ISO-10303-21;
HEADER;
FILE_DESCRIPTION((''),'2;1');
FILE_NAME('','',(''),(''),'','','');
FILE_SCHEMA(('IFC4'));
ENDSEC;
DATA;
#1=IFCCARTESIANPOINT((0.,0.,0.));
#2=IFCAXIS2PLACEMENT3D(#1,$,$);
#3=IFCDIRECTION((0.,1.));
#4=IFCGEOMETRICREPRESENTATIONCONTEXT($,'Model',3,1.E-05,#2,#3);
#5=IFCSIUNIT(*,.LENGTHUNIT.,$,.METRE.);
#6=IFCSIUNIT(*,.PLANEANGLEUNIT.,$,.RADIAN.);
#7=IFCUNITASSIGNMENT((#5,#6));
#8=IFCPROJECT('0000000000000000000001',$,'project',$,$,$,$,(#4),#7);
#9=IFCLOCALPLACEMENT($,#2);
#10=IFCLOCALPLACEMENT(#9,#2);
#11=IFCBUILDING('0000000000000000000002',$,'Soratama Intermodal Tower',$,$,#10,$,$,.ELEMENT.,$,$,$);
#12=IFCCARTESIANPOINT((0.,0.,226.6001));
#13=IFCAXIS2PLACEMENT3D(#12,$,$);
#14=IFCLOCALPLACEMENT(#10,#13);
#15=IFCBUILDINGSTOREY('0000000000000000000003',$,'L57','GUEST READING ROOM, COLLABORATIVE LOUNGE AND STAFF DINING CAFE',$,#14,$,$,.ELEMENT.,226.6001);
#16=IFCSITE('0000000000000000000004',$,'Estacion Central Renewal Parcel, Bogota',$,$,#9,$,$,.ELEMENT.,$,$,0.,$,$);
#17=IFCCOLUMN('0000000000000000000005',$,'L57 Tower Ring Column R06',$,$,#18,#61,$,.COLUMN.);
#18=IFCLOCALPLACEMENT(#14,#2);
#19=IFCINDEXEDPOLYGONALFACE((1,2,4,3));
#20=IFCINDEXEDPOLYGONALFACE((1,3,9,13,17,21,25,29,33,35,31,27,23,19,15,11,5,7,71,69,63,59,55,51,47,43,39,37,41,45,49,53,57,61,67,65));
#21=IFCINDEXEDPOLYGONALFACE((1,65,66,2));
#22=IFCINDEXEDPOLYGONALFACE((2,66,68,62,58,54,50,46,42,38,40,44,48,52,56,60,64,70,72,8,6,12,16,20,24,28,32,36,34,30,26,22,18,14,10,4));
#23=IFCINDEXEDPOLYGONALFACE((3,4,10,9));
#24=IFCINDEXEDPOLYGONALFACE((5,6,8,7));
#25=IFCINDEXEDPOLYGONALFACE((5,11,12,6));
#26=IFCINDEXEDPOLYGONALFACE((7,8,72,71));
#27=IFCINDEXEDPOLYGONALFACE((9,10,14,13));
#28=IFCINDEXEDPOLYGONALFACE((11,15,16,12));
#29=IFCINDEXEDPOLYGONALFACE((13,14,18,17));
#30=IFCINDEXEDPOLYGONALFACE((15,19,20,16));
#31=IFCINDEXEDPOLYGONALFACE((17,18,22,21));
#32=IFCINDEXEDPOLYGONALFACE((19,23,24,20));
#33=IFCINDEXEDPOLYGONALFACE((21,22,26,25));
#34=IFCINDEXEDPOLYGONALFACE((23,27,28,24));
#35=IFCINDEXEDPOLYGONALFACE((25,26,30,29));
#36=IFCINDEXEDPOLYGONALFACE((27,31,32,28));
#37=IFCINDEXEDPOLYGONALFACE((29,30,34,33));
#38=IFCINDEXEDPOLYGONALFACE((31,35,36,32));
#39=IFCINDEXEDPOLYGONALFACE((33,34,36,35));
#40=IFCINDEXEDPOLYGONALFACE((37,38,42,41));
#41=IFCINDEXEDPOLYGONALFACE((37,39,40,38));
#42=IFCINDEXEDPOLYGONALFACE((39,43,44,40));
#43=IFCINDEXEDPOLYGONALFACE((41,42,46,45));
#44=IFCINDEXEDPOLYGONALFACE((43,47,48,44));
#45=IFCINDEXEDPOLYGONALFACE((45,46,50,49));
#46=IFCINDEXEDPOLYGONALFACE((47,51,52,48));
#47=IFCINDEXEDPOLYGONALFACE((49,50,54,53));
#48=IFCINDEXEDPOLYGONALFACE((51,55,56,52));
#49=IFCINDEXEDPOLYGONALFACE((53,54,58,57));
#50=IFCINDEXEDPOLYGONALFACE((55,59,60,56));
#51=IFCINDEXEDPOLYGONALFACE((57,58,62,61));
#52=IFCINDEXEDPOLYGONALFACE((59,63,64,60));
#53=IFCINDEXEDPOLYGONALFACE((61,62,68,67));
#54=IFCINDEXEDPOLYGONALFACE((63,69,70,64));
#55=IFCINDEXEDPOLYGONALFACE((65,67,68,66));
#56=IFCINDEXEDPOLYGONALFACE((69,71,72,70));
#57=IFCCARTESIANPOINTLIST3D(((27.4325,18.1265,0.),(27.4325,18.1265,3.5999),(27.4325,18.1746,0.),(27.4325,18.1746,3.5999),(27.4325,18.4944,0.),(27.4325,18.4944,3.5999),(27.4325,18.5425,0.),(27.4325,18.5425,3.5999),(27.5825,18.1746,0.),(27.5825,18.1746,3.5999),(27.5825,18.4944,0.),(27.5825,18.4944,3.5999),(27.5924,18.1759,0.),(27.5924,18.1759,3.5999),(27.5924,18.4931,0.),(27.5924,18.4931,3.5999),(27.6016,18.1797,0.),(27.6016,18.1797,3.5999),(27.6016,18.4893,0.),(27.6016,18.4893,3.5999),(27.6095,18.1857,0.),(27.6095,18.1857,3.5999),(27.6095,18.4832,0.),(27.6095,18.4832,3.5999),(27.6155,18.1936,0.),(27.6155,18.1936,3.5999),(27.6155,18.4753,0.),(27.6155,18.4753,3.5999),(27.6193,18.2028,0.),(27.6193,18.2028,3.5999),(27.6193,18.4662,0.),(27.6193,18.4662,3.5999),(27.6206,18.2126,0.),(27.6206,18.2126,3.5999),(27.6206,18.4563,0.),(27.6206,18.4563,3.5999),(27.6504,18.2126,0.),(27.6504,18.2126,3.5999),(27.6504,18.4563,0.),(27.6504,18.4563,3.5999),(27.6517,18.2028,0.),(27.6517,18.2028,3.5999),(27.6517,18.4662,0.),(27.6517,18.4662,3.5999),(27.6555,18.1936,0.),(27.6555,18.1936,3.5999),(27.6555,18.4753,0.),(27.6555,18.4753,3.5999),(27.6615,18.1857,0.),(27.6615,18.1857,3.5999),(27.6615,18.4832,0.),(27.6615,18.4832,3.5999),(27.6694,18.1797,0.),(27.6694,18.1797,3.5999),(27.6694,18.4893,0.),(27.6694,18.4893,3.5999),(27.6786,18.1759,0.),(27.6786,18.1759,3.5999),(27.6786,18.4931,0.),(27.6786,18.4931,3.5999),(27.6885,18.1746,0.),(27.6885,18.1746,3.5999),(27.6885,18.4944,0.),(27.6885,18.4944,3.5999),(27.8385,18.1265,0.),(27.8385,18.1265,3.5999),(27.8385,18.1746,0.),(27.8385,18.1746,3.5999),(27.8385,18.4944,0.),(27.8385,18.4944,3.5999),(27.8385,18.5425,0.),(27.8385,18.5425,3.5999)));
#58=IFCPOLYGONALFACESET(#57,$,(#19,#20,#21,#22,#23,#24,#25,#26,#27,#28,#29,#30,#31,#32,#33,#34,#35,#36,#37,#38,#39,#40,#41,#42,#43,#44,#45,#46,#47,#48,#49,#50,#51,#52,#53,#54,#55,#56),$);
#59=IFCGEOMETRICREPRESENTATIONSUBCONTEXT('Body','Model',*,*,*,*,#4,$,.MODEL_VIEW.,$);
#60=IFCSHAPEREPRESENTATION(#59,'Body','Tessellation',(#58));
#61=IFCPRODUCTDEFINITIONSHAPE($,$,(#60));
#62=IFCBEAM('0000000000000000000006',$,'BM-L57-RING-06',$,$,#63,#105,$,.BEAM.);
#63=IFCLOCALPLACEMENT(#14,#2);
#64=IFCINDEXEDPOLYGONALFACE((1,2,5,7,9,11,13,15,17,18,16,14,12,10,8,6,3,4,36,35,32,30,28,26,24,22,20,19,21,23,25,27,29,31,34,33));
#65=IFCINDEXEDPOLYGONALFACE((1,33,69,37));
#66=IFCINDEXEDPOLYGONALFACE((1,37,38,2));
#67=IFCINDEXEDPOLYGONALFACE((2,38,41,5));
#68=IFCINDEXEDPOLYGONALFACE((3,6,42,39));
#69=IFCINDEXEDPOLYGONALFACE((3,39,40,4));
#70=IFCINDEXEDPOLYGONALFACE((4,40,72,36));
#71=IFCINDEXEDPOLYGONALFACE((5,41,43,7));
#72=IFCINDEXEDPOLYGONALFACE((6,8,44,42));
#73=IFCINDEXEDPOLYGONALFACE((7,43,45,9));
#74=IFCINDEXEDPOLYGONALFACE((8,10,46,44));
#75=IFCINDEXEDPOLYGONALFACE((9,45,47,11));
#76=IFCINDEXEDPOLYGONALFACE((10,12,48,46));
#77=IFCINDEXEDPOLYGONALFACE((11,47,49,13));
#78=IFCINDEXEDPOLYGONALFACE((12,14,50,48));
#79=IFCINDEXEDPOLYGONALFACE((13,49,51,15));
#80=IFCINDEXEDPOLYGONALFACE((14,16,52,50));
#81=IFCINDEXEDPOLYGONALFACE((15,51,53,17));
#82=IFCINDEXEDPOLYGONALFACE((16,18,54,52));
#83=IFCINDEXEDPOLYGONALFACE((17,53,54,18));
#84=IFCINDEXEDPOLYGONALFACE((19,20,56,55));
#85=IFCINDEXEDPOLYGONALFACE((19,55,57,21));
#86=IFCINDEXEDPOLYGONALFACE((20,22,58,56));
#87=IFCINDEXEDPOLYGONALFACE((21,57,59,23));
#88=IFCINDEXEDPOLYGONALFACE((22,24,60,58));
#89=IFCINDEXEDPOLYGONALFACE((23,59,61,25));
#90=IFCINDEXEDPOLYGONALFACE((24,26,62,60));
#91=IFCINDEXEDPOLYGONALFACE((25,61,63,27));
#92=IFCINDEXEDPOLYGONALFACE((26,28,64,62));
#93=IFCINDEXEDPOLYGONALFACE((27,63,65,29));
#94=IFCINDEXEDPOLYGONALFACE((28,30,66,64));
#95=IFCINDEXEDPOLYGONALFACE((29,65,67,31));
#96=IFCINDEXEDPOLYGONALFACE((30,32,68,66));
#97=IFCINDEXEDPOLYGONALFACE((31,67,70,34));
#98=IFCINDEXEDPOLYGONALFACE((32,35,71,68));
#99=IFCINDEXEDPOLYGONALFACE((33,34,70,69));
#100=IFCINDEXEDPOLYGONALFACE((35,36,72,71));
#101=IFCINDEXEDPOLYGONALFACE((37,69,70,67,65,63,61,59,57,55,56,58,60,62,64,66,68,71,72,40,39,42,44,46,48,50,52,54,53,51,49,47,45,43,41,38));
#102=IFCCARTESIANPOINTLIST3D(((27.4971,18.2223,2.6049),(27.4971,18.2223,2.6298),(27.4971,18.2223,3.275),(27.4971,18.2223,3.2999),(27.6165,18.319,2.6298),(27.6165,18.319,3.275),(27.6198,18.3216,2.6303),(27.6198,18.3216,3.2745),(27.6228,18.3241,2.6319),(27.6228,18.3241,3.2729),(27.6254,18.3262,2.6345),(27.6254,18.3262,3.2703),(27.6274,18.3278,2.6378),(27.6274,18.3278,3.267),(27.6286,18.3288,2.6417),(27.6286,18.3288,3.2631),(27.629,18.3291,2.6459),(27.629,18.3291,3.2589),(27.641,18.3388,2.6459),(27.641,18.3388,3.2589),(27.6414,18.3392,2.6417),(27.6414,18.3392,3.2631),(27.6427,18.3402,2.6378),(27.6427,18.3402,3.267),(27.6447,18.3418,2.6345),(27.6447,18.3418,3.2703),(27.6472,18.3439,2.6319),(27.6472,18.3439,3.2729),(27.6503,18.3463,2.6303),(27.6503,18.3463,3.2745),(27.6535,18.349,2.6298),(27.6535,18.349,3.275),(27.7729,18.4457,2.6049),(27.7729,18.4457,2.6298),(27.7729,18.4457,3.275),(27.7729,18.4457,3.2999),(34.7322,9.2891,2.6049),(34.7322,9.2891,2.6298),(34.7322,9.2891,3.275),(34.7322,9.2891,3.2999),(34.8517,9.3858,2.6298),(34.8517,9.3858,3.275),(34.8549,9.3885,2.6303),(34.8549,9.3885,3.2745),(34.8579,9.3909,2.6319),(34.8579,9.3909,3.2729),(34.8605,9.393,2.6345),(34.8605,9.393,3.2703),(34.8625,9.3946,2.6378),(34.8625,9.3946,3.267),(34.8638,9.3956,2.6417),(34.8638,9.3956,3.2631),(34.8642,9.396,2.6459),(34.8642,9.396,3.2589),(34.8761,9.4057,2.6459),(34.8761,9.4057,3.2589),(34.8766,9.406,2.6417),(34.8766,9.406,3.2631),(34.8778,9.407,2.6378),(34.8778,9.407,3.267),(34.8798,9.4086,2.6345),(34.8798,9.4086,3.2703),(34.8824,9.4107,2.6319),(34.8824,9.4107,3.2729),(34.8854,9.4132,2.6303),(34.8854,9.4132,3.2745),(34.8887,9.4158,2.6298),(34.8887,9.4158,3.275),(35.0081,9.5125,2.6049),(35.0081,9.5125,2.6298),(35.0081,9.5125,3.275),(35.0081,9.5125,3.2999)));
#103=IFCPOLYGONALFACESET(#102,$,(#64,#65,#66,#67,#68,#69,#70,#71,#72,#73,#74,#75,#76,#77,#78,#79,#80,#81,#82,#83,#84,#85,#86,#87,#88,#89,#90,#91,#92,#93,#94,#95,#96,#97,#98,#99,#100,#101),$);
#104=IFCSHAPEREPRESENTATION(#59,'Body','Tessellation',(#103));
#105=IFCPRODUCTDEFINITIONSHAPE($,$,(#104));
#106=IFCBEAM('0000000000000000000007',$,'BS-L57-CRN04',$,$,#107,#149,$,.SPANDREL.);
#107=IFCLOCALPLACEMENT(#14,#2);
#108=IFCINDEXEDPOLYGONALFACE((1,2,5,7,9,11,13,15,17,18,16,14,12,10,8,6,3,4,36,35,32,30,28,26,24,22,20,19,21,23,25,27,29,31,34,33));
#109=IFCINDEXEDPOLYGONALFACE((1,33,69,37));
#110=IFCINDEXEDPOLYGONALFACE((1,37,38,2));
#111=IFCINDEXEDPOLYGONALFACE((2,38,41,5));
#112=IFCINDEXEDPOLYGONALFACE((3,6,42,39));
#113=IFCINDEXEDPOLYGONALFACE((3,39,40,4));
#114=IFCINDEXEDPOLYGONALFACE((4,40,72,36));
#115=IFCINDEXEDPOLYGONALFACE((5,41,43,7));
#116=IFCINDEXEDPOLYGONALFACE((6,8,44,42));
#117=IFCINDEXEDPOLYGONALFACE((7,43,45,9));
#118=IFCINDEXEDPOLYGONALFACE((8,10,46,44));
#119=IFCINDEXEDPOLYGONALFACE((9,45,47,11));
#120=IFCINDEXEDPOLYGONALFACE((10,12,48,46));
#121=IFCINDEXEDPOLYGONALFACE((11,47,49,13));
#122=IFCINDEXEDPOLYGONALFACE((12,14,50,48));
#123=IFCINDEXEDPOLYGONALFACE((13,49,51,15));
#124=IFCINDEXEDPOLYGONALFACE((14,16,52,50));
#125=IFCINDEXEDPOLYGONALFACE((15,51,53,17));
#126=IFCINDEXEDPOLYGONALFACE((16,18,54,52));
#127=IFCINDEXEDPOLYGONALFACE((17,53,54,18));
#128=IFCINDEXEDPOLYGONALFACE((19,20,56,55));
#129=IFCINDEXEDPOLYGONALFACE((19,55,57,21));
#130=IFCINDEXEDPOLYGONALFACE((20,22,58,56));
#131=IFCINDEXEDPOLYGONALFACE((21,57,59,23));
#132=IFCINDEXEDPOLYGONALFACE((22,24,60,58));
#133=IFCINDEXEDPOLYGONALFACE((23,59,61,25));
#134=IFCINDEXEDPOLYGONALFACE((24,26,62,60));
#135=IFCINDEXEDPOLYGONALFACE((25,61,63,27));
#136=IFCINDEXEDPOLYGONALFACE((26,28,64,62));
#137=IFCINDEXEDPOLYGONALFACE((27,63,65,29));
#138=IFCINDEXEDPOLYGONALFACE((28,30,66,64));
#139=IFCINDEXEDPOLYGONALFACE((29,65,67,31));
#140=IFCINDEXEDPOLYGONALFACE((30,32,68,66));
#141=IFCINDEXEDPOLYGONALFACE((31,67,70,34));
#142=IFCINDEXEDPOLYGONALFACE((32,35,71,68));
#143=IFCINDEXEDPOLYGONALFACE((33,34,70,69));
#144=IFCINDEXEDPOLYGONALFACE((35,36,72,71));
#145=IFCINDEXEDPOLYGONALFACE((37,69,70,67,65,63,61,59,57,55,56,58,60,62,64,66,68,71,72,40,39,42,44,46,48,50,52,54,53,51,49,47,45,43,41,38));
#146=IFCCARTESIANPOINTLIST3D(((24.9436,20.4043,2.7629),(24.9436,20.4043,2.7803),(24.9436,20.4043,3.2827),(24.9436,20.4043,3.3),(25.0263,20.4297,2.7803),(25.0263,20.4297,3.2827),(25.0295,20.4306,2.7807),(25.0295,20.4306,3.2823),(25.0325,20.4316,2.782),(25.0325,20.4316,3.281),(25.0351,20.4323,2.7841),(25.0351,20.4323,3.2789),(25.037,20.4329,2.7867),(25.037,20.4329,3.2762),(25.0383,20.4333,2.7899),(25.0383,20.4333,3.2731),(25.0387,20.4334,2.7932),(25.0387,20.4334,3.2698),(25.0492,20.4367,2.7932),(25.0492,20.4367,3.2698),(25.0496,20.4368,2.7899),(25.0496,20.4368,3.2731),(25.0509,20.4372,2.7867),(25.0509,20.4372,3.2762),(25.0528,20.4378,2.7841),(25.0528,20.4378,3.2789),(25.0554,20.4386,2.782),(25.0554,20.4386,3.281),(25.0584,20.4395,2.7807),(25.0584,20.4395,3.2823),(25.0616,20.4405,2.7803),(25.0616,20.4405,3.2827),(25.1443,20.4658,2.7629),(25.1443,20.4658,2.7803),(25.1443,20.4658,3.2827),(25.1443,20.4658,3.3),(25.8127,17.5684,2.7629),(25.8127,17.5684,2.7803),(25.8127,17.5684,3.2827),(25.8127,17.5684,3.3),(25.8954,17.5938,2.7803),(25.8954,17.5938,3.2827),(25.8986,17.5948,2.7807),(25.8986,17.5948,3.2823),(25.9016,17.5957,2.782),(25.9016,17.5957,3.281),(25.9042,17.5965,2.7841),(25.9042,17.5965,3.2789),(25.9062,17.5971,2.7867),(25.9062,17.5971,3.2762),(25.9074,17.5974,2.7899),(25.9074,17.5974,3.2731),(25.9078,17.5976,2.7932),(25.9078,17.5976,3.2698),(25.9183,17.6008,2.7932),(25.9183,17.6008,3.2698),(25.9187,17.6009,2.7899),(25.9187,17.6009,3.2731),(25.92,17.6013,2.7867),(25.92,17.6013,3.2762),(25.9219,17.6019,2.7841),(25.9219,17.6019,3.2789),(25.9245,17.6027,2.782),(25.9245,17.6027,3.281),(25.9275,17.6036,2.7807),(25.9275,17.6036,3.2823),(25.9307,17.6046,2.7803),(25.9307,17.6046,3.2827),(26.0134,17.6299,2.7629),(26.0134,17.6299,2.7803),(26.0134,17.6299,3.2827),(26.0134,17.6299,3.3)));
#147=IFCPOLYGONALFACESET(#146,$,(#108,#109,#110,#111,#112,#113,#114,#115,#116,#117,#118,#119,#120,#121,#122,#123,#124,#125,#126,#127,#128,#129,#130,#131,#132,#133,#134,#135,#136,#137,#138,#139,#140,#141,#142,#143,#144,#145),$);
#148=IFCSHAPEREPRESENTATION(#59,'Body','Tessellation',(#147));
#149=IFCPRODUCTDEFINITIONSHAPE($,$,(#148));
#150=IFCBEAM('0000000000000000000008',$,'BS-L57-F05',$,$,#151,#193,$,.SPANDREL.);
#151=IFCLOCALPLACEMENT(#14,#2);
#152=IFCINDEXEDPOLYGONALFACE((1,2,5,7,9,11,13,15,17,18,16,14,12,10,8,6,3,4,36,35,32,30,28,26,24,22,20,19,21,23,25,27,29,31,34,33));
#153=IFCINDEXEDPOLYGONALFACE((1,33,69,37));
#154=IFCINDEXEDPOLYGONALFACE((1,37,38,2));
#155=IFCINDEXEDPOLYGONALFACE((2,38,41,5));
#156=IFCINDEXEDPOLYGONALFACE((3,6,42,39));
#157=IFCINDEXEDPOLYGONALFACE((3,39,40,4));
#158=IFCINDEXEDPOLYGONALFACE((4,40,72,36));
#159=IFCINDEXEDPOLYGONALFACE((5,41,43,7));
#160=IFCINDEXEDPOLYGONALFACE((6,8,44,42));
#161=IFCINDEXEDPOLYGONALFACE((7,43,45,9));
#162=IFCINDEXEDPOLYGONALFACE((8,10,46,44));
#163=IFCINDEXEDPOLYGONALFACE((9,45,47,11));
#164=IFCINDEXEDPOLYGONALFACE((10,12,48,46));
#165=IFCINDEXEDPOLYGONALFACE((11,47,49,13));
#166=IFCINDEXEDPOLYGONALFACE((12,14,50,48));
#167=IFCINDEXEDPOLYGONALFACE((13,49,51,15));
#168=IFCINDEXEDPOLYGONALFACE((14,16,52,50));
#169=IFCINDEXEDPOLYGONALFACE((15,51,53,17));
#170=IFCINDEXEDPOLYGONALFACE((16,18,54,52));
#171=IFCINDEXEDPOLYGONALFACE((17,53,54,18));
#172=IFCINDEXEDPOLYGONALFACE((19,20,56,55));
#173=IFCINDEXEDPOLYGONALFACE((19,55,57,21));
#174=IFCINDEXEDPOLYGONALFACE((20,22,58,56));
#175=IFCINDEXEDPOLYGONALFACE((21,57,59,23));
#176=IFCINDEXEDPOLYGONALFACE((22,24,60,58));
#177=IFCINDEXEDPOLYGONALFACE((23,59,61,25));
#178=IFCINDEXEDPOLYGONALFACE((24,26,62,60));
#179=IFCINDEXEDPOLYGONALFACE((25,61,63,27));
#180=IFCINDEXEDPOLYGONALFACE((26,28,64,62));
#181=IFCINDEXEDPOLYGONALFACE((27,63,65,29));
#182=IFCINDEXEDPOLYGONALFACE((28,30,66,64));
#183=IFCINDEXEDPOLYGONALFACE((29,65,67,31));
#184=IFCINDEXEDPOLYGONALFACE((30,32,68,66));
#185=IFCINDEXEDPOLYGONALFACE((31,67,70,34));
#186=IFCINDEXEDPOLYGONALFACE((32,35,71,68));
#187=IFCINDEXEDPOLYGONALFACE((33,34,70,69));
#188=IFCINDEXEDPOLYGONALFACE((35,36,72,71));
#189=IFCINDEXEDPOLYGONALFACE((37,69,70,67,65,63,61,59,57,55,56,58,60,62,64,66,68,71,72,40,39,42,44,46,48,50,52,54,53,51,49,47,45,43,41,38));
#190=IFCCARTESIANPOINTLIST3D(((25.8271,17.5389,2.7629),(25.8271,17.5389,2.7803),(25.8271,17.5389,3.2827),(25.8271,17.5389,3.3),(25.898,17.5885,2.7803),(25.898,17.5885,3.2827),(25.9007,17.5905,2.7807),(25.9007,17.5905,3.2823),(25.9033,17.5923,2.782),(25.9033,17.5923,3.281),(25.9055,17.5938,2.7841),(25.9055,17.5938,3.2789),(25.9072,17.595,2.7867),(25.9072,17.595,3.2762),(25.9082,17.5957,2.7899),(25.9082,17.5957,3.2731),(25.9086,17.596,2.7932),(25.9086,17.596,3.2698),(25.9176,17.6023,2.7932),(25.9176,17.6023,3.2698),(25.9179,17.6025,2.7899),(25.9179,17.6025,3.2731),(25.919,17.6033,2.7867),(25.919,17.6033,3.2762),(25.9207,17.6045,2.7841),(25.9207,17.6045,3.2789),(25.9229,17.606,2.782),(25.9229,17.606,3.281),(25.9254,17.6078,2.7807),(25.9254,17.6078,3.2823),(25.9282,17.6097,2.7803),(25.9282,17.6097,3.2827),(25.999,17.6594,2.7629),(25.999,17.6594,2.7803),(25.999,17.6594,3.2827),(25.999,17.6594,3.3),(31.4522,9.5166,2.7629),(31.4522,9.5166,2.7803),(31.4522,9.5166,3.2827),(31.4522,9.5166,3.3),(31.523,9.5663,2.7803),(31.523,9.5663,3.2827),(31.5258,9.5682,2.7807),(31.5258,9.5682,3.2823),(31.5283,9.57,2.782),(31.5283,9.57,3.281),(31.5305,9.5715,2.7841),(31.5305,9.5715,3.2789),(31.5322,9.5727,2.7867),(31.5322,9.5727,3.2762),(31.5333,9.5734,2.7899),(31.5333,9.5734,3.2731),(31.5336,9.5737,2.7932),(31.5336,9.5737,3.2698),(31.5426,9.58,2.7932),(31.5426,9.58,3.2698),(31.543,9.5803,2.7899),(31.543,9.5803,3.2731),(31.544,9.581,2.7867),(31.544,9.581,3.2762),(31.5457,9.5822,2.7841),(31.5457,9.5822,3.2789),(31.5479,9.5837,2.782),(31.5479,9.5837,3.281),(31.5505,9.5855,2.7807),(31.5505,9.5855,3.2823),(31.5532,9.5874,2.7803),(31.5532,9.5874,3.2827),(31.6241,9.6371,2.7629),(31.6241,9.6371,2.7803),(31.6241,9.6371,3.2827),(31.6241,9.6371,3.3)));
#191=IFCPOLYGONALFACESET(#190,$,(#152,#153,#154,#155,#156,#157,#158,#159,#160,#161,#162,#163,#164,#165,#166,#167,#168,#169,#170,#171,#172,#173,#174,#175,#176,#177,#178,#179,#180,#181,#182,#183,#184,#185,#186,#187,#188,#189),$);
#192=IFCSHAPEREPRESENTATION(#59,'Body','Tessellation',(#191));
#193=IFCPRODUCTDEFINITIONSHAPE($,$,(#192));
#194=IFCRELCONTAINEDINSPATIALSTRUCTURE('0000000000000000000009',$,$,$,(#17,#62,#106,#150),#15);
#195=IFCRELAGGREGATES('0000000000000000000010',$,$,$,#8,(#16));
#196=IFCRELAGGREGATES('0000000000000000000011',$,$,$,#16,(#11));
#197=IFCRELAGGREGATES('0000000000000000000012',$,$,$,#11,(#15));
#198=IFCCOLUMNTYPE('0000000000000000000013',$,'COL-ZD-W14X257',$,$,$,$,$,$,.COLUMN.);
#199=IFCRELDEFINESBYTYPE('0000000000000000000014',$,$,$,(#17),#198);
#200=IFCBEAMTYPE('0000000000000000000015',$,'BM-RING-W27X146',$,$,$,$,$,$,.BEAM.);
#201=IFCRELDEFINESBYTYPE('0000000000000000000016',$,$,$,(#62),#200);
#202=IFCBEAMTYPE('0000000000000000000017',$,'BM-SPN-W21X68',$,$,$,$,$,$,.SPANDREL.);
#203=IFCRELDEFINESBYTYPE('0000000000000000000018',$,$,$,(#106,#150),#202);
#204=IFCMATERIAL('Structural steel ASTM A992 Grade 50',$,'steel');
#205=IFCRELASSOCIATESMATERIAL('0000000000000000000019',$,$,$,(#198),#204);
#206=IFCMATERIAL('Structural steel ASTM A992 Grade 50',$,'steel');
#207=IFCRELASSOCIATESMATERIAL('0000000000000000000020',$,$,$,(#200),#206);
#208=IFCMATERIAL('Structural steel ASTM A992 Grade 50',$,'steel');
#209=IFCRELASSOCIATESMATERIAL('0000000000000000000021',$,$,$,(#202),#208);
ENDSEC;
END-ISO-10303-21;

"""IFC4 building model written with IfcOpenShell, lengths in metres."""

from ifc_helpers import new_model, si_unit, direction, frame, origin, origin_2d, place, context, subcontext, project, spatial, i_section, extrude, material, material_profile, profile_set, type_object, element, save


model = new_model("IFC4")

# Units and contexts
model_context = context("Model", 3, precision=1e-05, world=origin(), true_north=direction((0.0, 1.0)))
body_context = subcontext(model_context, "Body", "Model", "MODEL_VIEW")
ifc_project = project(units=[si_unit("LENGTHUNIT", "METRE"), si_unit("PLANEANGLEUNIT", "RADIAN")], contexts=[model_context])

# Site, building, storey
site_placement = place(None, origin())
site = spatial("IfcSite", under=ifc_project, at=site_placement, Name="Estacion Central Renewal Parcel, Bogota", CompositionType="ELEMENT", RefElevation=0.0)
building_placement = place(site_placement, origin())
building = spatial("IfcBuilding", under=site, at=building_placement, Name="Soratama Intermodal Tower", CompositionType="ELEMENT")
storey_placement = place(building_placement, frame((0.0, 0.0, 226.6001)))
storey = spatial("IfcBuildingStorey", under=building, at=storey_placement, Name="L57", Description="GUEST READING ROOM, COLLABORATIVE LOUNGE AND STAFF DINING CAFE", CompositionType="ELEMENT", Elevation=226.6001)

# Column
ifc_material_1 = material(Name="Structural steel ASTM A992 Grade 50", Category="steel")
ifc_material_profile_1 = material_profile(ifc_material_1, i_section(OverallWidth=0.406, OverallDepth=0.416, WebThickness=0.0298, FlangeThickness=0.0481, FilletRadius=0.0381, at=origin_2d()), Name="W14X257")
ifc_profile_set_1 = profile_set([ifc_material_profile_1], Name="Structural steel ASTM A992 Grade 50")
column_type = type_object("IfcColumnType", Name="COL-ZD-W14X257", PredefinedType="COLUMN", material=ifc_profile_set_1)
column_placement = place(storey_placement, frame((27.6355, 18.3345, 0.0), z_axis=(0.0, 0.0, 1.0), x_axis=(1.0, 0.0, 0.0)))
element("IfcColumn", 1, at=column_placement, inside=storey, type_object=column_type, Name="L57 Tower Ring Column R06", PredefinedType="COLUMN", context=body_context, shape_type="SweptSolid", body=[
    extrude(i_section(OverallWidth=0.406, OverallDepth=0.416, WebThickness=0.0298, FlangeThickness=0.0481, FilletRadius=0.0381, at=origin_2d()), origin(), (0.0, 0.0, 1.0), 3.5999),
])

# Beams
ifc_material_2 = material(Name="Structural steel ASTM A992 Grade 50", Category="steel")
ifc_material_profile_2 = material_profile(ifc_material_2, i_section(OverallWidth=0.355, OverallDepth=0.6951, WebThickness=0.0154, FlangeThickness=0.0249, FilletRadius=0.0161, at=origin_2d()), Name="W27X146")
ifc_profile_set_2 = profile_set([ifc_material_profile_2], Name="Structural steel ASTM A992 Grade 50")
beam_type_1 = type_object("IfcBeamType", Name="BM-RING-W27X146", PredefinedType="BEAM", material=ifc_profile_set_2)
beam_1_placement = place(storey_placement, frame((27.635, 18.334, 2.9524), z_axis=(0.629385, -0.777094, 0.0), x_axis=(0.777094, 0.629385, 0.0)))
element("IfcBeam", 2, at=beam_1_placement, inside=storey, type_object=beam_type_1, Name="BM-L57-RING-06", PredefinedType="BEAM", context=body_context, shape_type="SweptSolid", body=[
    extrude(i_section(OverallWidth=0.355, OverallDepth=0.6951, WebThickness=0.0154, FlangeThickness=0.0249, FilletRadius=0.0161, at=origin_2d()), origin(), (0.0, 0.0, 1.0), 11.4956),
])
ifc_material_3 = material(Name="Structural steel ASTM A992 Grade 50", Category="steel")
ifc_material_profile_3 = material_profile(ifc_material_3, i_section(OverallWidth=0.21, OverallDepth=0.5371, WebThickness=0.011, FlangeThickness=0.0173, FilletRadius=0.0129, at=origin_2d()), Name="W21X68")
ifc_profile_set_3 = profile_set([ifc_material_profile_3], Name="Structural steel ASTM A992 Grade 50")
beam_type_2 = type_object("IfcBeamType", Name="BM-SPN-W21X68", PredefinedType="SPANDREL", material=ifc_profile_set_3)
beam_2_placement = place(storey_placement, frame((25.0439, 20.4351, 3.0315), z_axis=(0.293021, -0.956106, 0.0), x_axis=(0.956106, 0.293021, 0.0)))
element("IfcBeam", 3, at=beam_2_placement, inside=storey, type_object=beam_type_2, Name="BS-L57-CRN04", PredefinedType="SPANDREL", context=body_context, shape_type="SweptSolid", body=[
    extrude(i_section(OverallWidth=0.21, OverallDepth=0.5371, WebThickness=0.011, FlangeThickness=0.0173, FilletRadius=0.0129, at=origin_2d()), origin(), (0.0, 0.0, 1.0), 2.9661),
])
beam_3_placement = place(storey_placement, frame((25.9131, 17.5991, 3.0315), z_axis=(0.574109, -0.818779, 0.0), x_axis=(0.818779, 0.574109, 0.0)))
element("IfcBeam", 4, at=beam_3_placement, inside=storey, type_object=beam_type_2, Name="BS-L57-F05", PredefinedType="SPANDREL", context=body_context, shape_type="SweptSolid", body=[
    extrude(i_section(OverallWidth=0.21, OverallDepth=0.5371, WebThickness=0.011, FlangeThickness=0.0173, FilletRadius=0.0129, at=origin_2d()), origin(), (0.0, 0.0, 1.0), 9.7979),
])

save(model, "model.ifc")
